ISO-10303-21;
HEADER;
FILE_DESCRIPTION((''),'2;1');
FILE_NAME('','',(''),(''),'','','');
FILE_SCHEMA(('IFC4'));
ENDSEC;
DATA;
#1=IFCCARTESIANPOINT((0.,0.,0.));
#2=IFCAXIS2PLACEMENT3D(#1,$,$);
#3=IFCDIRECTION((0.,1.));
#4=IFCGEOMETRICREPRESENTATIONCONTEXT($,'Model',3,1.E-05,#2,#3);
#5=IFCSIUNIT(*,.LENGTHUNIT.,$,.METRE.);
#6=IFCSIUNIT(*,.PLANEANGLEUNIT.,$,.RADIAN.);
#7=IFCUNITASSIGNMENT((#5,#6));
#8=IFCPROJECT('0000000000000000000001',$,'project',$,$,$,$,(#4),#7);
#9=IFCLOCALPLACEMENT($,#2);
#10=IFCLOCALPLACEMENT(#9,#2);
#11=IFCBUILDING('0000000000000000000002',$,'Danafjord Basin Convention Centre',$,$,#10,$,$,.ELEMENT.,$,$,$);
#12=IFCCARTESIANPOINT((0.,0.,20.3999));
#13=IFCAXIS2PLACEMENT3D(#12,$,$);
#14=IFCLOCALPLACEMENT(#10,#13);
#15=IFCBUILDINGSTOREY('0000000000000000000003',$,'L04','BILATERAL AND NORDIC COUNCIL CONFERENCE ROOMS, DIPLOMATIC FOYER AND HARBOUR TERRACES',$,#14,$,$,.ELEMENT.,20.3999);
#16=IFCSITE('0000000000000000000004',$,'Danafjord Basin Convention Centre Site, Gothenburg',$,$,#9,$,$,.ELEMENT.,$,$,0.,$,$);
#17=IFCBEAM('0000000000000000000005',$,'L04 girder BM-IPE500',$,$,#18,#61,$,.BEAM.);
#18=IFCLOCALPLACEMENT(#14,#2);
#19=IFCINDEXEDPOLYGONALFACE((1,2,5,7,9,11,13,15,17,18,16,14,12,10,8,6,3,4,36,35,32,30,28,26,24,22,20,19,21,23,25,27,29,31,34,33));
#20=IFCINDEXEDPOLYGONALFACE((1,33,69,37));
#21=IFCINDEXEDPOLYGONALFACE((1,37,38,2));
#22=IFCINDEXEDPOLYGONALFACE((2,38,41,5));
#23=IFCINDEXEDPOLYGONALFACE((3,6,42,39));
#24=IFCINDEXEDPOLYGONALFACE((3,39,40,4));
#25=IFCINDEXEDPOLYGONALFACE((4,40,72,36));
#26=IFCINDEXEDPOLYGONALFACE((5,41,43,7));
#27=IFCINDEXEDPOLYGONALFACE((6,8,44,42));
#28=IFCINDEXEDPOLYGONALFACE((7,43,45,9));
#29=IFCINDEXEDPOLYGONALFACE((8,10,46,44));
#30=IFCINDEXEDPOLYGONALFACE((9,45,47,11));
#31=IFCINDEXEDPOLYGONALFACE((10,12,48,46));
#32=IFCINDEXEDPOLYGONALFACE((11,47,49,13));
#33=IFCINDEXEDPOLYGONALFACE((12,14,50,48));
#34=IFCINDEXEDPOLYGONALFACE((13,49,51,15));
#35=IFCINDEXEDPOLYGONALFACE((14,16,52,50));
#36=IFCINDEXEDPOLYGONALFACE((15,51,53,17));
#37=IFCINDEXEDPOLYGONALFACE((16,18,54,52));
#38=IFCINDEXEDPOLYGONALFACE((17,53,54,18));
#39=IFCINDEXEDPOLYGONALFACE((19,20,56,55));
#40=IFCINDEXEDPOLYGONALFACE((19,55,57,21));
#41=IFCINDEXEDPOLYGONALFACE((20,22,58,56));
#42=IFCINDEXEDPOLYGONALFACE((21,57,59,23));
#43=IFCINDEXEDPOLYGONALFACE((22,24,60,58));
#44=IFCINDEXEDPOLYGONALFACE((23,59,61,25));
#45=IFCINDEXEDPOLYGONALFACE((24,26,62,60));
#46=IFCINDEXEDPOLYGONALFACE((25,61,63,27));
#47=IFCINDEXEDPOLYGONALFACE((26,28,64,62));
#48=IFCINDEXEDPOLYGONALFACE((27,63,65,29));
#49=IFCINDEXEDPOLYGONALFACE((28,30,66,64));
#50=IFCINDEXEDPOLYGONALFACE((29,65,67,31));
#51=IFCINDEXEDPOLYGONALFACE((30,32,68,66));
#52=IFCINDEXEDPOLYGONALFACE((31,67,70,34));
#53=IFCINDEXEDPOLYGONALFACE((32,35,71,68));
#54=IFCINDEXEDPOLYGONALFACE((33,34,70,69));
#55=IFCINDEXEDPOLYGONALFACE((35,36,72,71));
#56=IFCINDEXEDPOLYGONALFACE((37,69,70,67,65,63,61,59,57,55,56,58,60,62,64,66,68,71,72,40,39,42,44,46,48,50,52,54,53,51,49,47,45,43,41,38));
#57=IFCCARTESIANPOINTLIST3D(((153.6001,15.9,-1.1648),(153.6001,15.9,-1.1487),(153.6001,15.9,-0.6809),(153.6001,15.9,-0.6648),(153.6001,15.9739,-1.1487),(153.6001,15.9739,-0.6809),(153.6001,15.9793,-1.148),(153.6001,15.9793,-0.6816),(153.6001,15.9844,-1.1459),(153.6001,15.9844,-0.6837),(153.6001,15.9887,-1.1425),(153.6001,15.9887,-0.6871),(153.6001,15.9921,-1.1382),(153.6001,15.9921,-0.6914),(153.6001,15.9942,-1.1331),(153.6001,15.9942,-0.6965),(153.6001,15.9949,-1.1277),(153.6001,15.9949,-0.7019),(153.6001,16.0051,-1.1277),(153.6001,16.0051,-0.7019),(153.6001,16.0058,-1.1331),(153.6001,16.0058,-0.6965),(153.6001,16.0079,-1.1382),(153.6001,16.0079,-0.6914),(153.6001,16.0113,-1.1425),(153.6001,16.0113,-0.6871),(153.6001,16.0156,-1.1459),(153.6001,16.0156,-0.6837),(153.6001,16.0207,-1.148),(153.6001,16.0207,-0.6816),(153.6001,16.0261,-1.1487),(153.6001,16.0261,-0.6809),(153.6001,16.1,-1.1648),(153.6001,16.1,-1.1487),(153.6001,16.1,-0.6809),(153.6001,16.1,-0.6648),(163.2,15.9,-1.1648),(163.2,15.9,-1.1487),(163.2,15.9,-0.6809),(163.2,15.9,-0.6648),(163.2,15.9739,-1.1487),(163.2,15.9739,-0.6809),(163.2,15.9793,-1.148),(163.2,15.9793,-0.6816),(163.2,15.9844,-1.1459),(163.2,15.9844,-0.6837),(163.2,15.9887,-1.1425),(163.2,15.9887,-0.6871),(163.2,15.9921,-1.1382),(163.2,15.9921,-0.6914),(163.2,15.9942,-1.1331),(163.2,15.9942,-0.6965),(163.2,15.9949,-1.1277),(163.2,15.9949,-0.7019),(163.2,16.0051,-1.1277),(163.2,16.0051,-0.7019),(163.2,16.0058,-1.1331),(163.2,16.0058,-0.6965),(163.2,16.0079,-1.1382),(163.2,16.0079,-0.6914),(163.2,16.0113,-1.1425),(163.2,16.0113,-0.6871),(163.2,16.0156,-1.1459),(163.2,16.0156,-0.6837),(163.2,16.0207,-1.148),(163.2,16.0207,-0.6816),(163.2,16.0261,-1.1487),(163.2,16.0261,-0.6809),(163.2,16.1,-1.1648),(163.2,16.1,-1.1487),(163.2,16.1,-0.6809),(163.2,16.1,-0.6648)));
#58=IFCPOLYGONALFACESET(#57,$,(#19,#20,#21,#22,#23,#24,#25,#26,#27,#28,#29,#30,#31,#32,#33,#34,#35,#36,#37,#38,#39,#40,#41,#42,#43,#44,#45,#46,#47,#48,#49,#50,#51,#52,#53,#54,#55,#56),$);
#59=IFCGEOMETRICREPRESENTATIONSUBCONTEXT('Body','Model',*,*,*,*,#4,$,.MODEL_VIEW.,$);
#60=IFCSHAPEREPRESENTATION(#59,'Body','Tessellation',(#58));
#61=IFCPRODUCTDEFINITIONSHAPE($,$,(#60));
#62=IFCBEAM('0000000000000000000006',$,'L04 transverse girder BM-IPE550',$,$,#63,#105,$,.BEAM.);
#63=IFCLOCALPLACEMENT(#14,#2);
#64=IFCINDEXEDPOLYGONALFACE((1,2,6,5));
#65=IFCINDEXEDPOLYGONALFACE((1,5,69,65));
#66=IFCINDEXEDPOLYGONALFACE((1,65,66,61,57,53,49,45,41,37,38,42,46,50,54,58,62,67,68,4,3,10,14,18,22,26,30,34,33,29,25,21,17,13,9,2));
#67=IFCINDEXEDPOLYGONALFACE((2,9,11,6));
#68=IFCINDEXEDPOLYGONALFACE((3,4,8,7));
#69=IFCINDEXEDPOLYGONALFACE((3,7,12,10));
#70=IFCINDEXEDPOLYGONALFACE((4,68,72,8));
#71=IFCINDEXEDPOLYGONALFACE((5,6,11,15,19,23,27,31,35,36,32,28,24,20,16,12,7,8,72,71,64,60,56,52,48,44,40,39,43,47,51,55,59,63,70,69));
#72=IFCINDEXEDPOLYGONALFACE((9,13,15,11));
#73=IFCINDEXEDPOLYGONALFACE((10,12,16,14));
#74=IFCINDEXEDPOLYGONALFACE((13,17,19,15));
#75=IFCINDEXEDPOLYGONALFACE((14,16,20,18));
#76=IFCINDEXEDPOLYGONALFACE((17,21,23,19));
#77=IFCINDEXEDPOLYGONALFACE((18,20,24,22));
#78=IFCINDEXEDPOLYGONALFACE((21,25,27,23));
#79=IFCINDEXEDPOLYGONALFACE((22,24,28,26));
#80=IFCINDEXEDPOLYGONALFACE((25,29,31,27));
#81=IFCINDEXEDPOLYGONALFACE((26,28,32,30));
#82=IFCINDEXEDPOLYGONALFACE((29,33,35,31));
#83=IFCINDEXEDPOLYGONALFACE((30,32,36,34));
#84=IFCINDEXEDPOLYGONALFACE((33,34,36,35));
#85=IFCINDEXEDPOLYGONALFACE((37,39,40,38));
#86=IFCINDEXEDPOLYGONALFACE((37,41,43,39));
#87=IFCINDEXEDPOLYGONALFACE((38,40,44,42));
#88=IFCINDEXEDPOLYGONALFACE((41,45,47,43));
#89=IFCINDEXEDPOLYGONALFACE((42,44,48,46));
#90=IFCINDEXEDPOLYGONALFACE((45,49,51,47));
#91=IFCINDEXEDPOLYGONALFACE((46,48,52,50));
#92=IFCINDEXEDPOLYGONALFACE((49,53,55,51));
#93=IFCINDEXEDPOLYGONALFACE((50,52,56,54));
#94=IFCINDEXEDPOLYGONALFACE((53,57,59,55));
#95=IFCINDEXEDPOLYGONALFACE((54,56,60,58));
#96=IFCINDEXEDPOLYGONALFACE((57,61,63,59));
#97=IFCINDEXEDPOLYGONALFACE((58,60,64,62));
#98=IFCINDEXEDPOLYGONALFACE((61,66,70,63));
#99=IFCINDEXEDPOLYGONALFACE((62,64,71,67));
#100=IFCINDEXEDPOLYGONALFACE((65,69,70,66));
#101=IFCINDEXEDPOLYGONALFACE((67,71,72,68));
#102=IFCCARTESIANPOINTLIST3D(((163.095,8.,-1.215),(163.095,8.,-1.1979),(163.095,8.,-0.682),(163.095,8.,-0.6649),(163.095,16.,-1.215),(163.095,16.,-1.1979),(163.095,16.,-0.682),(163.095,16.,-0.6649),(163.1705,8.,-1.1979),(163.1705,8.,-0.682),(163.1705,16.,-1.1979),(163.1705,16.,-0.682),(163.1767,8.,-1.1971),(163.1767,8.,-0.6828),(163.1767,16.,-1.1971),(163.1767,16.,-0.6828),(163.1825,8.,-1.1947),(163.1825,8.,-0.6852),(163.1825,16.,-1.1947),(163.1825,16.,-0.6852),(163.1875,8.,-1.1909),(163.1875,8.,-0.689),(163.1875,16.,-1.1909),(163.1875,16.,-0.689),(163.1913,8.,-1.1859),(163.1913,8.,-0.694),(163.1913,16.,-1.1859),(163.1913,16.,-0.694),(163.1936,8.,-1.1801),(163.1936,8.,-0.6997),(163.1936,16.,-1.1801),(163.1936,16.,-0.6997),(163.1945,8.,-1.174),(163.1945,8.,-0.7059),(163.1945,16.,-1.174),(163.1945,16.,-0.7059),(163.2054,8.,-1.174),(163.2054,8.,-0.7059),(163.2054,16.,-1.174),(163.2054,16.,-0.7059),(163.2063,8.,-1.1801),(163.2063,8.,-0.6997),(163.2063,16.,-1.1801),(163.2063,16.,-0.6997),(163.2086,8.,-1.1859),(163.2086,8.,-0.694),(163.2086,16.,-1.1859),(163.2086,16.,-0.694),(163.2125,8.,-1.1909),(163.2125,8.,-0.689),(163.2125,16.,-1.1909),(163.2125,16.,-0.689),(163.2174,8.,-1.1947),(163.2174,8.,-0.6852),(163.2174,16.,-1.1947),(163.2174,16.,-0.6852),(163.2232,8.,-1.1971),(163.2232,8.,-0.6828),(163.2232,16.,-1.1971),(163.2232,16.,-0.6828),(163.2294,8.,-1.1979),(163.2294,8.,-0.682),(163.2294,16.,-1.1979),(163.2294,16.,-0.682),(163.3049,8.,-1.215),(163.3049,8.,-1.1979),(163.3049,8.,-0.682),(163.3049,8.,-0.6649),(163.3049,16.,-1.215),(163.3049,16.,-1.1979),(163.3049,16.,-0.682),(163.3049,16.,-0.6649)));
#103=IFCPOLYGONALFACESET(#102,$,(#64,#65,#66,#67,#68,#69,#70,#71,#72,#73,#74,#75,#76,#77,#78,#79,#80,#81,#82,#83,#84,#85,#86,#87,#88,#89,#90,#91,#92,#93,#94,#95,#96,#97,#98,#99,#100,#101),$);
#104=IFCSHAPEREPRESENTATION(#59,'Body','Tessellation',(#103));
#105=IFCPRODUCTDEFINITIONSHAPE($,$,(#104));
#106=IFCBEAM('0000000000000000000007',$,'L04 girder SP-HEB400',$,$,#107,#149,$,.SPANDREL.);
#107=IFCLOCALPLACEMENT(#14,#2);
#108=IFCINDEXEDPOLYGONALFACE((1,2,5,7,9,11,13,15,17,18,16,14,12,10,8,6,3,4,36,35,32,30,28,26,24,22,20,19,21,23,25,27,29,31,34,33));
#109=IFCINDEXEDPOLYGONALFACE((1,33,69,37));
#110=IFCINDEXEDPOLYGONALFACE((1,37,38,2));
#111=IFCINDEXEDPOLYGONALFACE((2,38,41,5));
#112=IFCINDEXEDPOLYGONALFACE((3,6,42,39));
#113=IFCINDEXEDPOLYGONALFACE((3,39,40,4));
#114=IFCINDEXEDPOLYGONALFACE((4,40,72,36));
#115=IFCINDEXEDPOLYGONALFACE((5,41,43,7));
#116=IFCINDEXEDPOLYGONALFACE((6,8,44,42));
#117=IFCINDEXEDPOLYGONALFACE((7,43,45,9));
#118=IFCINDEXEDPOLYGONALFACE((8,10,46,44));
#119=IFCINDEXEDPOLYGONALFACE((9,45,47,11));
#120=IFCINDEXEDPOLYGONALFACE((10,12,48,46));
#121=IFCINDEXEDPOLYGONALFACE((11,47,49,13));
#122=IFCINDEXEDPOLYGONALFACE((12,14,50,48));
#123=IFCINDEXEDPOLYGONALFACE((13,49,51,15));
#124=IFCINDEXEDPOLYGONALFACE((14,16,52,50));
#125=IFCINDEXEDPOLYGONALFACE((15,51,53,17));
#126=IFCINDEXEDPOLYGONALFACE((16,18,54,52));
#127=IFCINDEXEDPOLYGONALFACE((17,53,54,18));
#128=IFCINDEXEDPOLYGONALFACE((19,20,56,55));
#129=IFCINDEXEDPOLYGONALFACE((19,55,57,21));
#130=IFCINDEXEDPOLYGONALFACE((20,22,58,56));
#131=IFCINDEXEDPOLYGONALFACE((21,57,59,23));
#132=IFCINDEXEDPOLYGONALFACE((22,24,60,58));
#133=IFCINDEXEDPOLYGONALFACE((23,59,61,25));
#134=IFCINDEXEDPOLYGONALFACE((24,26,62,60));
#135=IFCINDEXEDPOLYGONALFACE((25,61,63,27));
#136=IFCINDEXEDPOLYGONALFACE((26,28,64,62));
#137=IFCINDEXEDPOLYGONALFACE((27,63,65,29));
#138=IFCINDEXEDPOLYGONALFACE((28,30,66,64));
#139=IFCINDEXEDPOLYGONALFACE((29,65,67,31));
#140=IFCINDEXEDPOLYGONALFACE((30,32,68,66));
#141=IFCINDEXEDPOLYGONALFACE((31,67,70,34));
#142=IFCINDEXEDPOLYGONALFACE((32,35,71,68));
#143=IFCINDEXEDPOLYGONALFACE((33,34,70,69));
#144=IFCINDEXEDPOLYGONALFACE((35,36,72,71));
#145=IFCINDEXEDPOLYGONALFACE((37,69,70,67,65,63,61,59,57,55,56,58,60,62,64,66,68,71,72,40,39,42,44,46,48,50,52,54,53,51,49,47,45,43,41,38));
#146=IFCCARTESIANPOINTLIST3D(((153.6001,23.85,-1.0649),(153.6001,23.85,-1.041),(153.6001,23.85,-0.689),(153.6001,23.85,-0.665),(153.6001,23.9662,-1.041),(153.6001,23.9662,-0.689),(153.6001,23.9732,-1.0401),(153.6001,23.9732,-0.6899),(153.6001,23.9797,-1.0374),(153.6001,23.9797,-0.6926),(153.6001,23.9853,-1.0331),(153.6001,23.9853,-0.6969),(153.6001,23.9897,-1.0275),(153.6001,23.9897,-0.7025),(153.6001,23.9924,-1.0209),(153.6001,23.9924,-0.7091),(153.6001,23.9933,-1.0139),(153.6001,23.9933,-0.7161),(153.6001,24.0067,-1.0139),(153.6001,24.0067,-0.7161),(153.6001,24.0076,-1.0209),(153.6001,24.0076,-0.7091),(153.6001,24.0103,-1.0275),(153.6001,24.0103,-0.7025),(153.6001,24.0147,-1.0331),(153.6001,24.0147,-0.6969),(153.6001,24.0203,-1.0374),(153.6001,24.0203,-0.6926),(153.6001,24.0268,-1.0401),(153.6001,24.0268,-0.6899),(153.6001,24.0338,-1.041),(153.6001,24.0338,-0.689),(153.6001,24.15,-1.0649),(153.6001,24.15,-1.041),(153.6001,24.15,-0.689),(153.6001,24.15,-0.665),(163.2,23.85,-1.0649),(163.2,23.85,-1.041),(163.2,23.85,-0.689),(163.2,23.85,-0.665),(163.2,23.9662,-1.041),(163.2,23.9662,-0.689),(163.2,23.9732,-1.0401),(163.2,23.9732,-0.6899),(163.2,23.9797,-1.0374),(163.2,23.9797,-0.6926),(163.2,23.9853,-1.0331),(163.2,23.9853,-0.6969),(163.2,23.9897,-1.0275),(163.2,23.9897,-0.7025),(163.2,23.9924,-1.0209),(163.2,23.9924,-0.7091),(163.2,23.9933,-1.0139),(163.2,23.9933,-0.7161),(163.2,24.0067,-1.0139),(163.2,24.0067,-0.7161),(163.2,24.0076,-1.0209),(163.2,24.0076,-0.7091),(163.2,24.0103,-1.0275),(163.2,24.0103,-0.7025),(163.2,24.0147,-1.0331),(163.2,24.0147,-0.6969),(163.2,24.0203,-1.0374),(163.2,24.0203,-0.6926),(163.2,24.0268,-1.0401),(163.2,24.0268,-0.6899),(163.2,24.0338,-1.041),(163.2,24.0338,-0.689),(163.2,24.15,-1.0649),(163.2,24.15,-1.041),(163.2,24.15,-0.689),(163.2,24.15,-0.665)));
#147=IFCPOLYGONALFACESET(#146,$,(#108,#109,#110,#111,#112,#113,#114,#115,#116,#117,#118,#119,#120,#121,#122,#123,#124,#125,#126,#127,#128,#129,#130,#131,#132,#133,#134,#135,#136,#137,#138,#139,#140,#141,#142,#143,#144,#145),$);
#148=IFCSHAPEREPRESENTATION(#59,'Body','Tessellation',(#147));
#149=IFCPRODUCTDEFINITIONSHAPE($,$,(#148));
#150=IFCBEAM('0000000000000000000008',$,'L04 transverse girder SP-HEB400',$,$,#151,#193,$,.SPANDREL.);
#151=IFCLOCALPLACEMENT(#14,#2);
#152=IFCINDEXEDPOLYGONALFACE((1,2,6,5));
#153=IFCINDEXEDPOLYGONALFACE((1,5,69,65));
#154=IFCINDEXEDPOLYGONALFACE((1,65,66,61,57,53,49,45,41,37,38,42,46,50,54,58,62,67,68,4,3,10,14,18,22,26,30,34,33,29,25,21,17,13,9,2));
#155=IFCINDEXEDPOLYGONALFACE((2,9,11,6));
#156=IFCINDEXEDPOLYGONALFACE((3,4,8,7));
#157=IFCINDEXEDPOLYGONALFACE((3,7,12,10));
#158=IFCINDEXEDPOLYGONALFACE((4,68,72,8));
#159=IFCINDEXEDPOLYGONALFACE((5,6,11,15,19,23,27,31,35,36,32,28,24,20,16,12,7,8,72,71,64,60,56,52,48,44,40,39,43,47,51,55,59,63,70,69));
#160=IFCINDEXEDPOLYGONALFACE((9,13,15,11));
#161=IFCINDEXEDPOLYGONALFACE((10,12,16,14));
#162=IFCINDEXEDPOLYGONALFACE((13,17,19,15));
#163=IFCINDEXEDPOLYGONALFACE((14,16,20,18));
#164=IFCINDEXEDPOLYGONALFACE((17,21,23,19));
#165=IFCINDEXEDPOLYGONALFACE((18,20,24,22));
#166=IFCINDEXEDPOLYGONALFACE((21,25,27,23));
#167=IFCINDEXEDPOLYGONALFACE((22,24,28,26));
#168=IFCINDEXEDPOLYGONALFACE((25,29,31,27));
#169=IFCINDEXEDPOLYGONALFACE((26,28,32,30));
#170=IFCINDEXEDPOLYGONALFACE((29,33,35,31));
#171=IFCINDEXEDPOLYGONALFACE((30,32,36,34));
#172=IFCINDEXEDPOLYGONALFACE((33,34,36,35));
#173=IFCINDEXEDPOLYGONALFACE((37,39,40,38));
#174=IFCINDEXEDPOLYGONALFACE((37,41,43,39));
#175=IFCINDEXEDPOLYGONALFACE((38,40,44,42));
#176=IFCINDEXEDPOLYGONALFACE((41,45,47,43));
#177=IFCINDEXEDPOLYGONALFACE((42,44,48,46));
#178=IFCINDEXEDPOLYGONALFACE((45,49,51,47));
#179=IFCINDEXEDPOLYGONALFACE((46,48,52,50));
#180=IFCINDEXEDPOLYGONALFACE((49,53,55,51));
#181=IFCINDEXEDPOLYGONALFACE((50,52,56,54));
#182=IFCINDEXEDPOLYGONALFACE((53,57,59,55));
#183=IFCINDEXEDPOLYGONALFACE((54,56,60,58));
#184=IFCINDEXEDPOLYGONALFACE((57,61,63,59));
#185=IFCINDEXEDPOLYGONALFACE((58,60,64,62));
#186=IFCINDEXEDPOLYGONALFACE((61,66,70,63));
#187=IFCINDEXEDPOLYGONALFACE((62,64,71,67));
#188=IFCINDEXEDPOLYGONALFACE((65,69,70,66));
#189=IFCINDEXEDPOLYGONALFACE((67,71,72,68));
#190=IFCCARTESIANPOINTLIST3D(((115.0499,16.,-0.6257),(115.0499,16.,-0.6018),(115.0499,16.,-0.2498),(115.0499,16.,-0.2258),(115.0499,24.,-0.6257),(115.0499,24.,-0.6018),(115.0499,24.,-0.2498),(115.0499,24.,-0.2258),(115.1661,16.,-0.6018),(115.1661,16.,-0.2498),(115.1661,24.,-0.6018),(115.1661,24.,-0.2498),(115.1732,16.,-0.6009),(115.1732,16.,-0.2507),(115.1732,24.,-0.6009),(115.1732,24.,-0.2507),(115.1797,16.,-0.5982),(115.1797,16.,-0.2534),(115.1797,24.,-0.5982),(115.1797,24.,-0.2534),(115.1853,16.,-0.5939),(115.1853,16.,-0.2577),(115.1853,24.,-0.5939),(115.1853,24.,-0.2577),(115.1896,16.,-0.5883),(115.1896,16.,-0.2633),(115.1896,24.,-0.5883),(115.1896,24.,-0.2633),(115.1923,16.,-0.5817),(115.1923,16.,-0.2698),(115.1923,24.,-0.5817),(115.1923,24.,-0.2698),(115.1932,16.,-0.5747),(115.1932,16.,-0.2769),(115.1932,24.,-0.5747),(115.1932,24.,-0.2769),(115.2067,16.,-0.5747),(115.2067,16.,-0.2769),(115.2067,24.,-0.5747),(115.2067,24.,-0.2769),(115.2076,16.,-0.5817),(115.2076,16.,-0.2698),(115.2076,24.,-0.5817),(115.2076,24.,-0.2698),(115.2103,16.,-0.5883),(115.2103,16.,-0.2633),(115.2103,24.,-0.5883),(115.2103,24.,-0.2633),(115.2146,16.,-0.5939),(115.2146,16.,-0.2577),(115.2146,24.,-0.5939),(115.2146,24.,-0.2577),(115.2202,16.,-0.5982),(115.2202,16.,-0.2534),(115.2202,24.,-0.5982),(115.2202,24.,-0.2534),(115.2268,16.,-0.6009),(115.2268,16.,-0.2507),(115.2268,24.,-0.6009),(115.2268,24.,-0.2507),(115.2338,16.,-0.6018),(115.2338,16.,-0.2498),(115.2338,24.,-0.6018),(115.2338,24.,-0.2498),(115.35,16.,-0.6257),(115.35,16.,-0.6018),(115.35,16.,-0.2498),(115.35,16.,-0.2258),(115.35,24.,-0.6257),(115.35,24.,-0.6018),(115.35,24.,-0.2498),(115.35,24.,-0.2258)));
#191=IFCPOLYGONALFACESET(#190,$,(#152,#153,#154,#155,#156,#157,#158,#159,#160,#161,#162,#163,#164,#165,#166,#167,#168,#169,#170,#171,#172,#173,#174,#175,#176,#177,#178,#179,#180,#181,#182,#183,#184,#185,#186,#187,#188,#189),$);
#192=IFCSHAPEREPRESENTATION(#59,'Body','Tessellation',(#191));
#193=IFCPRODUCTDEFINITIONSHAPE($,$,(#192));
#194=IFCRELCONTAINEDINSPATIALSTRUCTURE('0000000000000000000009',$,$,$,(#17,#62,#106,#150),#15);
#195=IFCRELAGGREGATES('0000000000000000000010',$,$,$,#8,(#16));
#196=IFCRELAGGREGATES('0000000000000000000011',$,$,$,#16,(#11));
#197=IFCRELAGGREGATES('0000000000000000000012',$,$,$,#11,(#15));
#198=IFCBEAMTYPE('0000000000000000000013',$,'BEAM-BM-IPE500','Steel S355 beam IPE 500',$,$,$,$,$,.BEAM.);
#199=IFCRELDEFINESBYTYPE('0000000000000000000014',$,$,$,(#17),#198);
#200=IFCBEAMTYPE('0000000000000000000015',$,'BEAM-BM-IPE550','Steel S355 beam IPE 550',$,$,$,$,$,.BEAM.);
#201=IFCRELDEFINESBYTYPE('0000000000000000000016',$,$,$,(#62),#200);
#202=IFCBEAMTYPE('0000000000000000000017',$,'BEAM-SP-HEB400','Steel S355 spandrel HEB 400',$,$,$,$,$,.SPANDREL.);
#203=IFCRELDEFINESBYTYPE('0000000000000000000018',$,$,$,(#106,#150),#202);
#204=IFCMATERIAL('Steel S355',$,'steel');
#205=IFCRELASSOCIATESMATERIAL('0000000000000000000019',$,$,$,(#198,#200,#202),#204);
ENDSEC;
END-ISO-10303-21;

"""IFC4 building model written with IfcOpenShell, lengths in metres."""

from ifc_helpers import new_model, si_unit, direction, frame, origin, origin_2d, place, context, subcontext, project, spatial, i_section, extrude, material, material_profile, profile_set, type_object, element, save


model = new_model("IFC4")

# Units and contexts
model_context = context("Model", 3, precision=1e-05, world=origin(), true_north=direction((0.0, 1.0)))
body_context = subcontext(model_context, "Body", "Model", "MODEL_VIEW")
ifc_project = project(units=[si_unit("LENGTHUNIT", "METRE"), si_unit("PLANEANGLEUNIT", "RADIAN")], contexts=[model_context])

# Site, building, storey
site_placement = place(None, origin())
site = spatial("IfcSite", under=ifc_project, at=site_placement, Name="Danafjord Basin Convention Centre Site, Gothenburg", CompositionType="ELEMENT", RefElevation=0.0)
building_placement = place(site_placement, origin())
building = spatial("IfcBuilding", under=site, at=building_placement, Name="Danafjord Basin Convention Centre", CompositionType="ELEMENT")
storey_placement = place(building_placement, frame((0.0, 0.0, 20.3999)))
storey = spatial("IfcBuildingStorey", under=building, at=storey_placement, Name="L04", Description="BILATERAL AND NORDIC COUNCIL CONFERENCE ROOMS, DIPLOMATIC FOYER AND HARBOUR TERRACES", CompositionType="ELEMENT", Elevation=20.3999)

# Beams
ifc_material_1 = material(Name="Steel S355", Category="steel")
ifc_material_profile_1 = material_profile(ifc_material_1, i_section(OverallWidth=0.2, OverallDepth=0.5, WebThickness=0.0103, FlangeThickness=0.0161, FilletRadius=0.021, at=origin_2d()), Name="IPE 500")
ifc_profile_set_1 = profile_set([ifc_material_profile_1], Name="Steel S355")
beam_type_1 = type_object("IfcBeamType", Name="BEAM-BM-IPE500", Description="Steel S355 beam IPE 500", PredefinedType="BEAM", material=ifc_profile_set_1)
beam_1_placement = place(storey_placement, frame((153.6001, 16.0, -0.9148), z_axis=(1.0, 0.0, 0.0), x_axis=(0.0, 1.0, 0.0)))
element("IfcBeam", 1, at=beam_1_placement, inside=storey, type_object=beam_type_1, Name="L04 girder BM-IPE500", PredefinedType="BEAM", context=body_context, shape_type="SweptSolid", body=[
    extrude(i_section(OverallWidth=0.2, OverallDepth=0.5, WebThickness=0.0103, FlangeThickness=0.0161, FilletRadius=0.021, at=origin_2d()), origin(), (0.0, 0.0, 1.0), 9.5999),
])
ifc_material_profile_2 = material_profile(ifc_material_1, i_section(OverallWidth=0.21, OverallDepth=0.55, WebThickness=0.011, FlangeThickness=0.0171, FilletRadius=0.0239, at=origin_2d()), Name="IPE 550")
ifc_profile_set_2 = profile_set([ifc_material_profile_2], Name="Steel S355")
beam_type_2 = type_object("IfcBeamType", Name="BEAM-BM-IPE550", Description="Steel S355 beam IPE 550", PredefinedType="BEAM", material=ifc_profile_set_2)
beam_2_placement = place(storey_placement, frame((163.2, 8.0, -0.9399), z_axis=(0.0, 1.0, 0.0), x_axis=(-1.0, 0.0, 0.0)))
element("IfcBeam", 2, at=beam_2_placement, inside=storey, type_object=beam_type_2, Name="L04 transverse girder BM-IPE550", PredefinedType="BEAM", context=body_context, shape_type="SweptSolid", body=[
    extrude(i_section(OverallWidth=0.21, OverallDepth=0.55, WebThickness=0.011, FlangeThickness=0.0171, FilletRadius=0.0239, at=origin_2d()), origin(), (0.0, 0.0, 1.0), 8.0),
])
ifc_material_profile_3 = material_profile(ifc_material_1, i_section(OverallWidth=0.3, OverallDepth=0.3999, WebThickness=0.0134, FlangeThickness=0.0239, FilletRadius=0.0271, at=origin_2d()), Name="HEB 400")
ifc_profile_set_3 = profile_set([ifc_material_profile_3], Name="Steel S355")
beam_type_3 = type_object("IfcBeamType", Name="BEAM-SP-HEB400", Description="Steel S355 spandrel HEB 400", PredefinedType="SPANDREL", material=ifc_profile_set_3)
beam_3_placement = place(storey_placement, frame((153.6001, 24.0, -0.865), z_axis=(1.0, 0.0, 0.0), x_axis=(0.0, 1.0, 0.0)))
element("IfcBeam", 3, at=beam_3_placement, inside=storey, type_object=beam_type_3, Name="L04 girder SP-HEB400", PredefinedType="SPANDREL", context=body_context, shape_type="SweptSolid", body=[
    extrude(i_section(OverallWidth=0.3, OverallDepth=0.3999, WebThickness=0.0134, FlangeThickness=0.0239, FilletRadius=0.0271, at=origin_2d()), origin(), (0.0, 0.0, 1.0), 9.5999),
])
for number, where, z_axis, x_axis, name in (
    (4, (115.2, 16.0, -0.4258), (0.0, 1.0, 0.0), (-1.0, 0.0, 0.0), "L04 transverse girder SP-HEB400"),
):
    element("IfcBeam", number, at=place(storey_placement, frame(where, z_axis=z_axis, x_axis=x_axis)), inside=storey, type_object=beam_type_3, Name=name, PredefinedType="SPANDREL", context=body_context, shape_type="SweptSolid", body=[
        extrude(i_section(OverallWidth=0.3, OverallDepth=0.3999, WebThickness=0.0134, FlangeThickness=0.0239, FilletRadius=0.0271, at=origin_2d()), origin(), (0.0, 0.0, 1.0), 8.0),
    ])

save(model, "model.ifc")
